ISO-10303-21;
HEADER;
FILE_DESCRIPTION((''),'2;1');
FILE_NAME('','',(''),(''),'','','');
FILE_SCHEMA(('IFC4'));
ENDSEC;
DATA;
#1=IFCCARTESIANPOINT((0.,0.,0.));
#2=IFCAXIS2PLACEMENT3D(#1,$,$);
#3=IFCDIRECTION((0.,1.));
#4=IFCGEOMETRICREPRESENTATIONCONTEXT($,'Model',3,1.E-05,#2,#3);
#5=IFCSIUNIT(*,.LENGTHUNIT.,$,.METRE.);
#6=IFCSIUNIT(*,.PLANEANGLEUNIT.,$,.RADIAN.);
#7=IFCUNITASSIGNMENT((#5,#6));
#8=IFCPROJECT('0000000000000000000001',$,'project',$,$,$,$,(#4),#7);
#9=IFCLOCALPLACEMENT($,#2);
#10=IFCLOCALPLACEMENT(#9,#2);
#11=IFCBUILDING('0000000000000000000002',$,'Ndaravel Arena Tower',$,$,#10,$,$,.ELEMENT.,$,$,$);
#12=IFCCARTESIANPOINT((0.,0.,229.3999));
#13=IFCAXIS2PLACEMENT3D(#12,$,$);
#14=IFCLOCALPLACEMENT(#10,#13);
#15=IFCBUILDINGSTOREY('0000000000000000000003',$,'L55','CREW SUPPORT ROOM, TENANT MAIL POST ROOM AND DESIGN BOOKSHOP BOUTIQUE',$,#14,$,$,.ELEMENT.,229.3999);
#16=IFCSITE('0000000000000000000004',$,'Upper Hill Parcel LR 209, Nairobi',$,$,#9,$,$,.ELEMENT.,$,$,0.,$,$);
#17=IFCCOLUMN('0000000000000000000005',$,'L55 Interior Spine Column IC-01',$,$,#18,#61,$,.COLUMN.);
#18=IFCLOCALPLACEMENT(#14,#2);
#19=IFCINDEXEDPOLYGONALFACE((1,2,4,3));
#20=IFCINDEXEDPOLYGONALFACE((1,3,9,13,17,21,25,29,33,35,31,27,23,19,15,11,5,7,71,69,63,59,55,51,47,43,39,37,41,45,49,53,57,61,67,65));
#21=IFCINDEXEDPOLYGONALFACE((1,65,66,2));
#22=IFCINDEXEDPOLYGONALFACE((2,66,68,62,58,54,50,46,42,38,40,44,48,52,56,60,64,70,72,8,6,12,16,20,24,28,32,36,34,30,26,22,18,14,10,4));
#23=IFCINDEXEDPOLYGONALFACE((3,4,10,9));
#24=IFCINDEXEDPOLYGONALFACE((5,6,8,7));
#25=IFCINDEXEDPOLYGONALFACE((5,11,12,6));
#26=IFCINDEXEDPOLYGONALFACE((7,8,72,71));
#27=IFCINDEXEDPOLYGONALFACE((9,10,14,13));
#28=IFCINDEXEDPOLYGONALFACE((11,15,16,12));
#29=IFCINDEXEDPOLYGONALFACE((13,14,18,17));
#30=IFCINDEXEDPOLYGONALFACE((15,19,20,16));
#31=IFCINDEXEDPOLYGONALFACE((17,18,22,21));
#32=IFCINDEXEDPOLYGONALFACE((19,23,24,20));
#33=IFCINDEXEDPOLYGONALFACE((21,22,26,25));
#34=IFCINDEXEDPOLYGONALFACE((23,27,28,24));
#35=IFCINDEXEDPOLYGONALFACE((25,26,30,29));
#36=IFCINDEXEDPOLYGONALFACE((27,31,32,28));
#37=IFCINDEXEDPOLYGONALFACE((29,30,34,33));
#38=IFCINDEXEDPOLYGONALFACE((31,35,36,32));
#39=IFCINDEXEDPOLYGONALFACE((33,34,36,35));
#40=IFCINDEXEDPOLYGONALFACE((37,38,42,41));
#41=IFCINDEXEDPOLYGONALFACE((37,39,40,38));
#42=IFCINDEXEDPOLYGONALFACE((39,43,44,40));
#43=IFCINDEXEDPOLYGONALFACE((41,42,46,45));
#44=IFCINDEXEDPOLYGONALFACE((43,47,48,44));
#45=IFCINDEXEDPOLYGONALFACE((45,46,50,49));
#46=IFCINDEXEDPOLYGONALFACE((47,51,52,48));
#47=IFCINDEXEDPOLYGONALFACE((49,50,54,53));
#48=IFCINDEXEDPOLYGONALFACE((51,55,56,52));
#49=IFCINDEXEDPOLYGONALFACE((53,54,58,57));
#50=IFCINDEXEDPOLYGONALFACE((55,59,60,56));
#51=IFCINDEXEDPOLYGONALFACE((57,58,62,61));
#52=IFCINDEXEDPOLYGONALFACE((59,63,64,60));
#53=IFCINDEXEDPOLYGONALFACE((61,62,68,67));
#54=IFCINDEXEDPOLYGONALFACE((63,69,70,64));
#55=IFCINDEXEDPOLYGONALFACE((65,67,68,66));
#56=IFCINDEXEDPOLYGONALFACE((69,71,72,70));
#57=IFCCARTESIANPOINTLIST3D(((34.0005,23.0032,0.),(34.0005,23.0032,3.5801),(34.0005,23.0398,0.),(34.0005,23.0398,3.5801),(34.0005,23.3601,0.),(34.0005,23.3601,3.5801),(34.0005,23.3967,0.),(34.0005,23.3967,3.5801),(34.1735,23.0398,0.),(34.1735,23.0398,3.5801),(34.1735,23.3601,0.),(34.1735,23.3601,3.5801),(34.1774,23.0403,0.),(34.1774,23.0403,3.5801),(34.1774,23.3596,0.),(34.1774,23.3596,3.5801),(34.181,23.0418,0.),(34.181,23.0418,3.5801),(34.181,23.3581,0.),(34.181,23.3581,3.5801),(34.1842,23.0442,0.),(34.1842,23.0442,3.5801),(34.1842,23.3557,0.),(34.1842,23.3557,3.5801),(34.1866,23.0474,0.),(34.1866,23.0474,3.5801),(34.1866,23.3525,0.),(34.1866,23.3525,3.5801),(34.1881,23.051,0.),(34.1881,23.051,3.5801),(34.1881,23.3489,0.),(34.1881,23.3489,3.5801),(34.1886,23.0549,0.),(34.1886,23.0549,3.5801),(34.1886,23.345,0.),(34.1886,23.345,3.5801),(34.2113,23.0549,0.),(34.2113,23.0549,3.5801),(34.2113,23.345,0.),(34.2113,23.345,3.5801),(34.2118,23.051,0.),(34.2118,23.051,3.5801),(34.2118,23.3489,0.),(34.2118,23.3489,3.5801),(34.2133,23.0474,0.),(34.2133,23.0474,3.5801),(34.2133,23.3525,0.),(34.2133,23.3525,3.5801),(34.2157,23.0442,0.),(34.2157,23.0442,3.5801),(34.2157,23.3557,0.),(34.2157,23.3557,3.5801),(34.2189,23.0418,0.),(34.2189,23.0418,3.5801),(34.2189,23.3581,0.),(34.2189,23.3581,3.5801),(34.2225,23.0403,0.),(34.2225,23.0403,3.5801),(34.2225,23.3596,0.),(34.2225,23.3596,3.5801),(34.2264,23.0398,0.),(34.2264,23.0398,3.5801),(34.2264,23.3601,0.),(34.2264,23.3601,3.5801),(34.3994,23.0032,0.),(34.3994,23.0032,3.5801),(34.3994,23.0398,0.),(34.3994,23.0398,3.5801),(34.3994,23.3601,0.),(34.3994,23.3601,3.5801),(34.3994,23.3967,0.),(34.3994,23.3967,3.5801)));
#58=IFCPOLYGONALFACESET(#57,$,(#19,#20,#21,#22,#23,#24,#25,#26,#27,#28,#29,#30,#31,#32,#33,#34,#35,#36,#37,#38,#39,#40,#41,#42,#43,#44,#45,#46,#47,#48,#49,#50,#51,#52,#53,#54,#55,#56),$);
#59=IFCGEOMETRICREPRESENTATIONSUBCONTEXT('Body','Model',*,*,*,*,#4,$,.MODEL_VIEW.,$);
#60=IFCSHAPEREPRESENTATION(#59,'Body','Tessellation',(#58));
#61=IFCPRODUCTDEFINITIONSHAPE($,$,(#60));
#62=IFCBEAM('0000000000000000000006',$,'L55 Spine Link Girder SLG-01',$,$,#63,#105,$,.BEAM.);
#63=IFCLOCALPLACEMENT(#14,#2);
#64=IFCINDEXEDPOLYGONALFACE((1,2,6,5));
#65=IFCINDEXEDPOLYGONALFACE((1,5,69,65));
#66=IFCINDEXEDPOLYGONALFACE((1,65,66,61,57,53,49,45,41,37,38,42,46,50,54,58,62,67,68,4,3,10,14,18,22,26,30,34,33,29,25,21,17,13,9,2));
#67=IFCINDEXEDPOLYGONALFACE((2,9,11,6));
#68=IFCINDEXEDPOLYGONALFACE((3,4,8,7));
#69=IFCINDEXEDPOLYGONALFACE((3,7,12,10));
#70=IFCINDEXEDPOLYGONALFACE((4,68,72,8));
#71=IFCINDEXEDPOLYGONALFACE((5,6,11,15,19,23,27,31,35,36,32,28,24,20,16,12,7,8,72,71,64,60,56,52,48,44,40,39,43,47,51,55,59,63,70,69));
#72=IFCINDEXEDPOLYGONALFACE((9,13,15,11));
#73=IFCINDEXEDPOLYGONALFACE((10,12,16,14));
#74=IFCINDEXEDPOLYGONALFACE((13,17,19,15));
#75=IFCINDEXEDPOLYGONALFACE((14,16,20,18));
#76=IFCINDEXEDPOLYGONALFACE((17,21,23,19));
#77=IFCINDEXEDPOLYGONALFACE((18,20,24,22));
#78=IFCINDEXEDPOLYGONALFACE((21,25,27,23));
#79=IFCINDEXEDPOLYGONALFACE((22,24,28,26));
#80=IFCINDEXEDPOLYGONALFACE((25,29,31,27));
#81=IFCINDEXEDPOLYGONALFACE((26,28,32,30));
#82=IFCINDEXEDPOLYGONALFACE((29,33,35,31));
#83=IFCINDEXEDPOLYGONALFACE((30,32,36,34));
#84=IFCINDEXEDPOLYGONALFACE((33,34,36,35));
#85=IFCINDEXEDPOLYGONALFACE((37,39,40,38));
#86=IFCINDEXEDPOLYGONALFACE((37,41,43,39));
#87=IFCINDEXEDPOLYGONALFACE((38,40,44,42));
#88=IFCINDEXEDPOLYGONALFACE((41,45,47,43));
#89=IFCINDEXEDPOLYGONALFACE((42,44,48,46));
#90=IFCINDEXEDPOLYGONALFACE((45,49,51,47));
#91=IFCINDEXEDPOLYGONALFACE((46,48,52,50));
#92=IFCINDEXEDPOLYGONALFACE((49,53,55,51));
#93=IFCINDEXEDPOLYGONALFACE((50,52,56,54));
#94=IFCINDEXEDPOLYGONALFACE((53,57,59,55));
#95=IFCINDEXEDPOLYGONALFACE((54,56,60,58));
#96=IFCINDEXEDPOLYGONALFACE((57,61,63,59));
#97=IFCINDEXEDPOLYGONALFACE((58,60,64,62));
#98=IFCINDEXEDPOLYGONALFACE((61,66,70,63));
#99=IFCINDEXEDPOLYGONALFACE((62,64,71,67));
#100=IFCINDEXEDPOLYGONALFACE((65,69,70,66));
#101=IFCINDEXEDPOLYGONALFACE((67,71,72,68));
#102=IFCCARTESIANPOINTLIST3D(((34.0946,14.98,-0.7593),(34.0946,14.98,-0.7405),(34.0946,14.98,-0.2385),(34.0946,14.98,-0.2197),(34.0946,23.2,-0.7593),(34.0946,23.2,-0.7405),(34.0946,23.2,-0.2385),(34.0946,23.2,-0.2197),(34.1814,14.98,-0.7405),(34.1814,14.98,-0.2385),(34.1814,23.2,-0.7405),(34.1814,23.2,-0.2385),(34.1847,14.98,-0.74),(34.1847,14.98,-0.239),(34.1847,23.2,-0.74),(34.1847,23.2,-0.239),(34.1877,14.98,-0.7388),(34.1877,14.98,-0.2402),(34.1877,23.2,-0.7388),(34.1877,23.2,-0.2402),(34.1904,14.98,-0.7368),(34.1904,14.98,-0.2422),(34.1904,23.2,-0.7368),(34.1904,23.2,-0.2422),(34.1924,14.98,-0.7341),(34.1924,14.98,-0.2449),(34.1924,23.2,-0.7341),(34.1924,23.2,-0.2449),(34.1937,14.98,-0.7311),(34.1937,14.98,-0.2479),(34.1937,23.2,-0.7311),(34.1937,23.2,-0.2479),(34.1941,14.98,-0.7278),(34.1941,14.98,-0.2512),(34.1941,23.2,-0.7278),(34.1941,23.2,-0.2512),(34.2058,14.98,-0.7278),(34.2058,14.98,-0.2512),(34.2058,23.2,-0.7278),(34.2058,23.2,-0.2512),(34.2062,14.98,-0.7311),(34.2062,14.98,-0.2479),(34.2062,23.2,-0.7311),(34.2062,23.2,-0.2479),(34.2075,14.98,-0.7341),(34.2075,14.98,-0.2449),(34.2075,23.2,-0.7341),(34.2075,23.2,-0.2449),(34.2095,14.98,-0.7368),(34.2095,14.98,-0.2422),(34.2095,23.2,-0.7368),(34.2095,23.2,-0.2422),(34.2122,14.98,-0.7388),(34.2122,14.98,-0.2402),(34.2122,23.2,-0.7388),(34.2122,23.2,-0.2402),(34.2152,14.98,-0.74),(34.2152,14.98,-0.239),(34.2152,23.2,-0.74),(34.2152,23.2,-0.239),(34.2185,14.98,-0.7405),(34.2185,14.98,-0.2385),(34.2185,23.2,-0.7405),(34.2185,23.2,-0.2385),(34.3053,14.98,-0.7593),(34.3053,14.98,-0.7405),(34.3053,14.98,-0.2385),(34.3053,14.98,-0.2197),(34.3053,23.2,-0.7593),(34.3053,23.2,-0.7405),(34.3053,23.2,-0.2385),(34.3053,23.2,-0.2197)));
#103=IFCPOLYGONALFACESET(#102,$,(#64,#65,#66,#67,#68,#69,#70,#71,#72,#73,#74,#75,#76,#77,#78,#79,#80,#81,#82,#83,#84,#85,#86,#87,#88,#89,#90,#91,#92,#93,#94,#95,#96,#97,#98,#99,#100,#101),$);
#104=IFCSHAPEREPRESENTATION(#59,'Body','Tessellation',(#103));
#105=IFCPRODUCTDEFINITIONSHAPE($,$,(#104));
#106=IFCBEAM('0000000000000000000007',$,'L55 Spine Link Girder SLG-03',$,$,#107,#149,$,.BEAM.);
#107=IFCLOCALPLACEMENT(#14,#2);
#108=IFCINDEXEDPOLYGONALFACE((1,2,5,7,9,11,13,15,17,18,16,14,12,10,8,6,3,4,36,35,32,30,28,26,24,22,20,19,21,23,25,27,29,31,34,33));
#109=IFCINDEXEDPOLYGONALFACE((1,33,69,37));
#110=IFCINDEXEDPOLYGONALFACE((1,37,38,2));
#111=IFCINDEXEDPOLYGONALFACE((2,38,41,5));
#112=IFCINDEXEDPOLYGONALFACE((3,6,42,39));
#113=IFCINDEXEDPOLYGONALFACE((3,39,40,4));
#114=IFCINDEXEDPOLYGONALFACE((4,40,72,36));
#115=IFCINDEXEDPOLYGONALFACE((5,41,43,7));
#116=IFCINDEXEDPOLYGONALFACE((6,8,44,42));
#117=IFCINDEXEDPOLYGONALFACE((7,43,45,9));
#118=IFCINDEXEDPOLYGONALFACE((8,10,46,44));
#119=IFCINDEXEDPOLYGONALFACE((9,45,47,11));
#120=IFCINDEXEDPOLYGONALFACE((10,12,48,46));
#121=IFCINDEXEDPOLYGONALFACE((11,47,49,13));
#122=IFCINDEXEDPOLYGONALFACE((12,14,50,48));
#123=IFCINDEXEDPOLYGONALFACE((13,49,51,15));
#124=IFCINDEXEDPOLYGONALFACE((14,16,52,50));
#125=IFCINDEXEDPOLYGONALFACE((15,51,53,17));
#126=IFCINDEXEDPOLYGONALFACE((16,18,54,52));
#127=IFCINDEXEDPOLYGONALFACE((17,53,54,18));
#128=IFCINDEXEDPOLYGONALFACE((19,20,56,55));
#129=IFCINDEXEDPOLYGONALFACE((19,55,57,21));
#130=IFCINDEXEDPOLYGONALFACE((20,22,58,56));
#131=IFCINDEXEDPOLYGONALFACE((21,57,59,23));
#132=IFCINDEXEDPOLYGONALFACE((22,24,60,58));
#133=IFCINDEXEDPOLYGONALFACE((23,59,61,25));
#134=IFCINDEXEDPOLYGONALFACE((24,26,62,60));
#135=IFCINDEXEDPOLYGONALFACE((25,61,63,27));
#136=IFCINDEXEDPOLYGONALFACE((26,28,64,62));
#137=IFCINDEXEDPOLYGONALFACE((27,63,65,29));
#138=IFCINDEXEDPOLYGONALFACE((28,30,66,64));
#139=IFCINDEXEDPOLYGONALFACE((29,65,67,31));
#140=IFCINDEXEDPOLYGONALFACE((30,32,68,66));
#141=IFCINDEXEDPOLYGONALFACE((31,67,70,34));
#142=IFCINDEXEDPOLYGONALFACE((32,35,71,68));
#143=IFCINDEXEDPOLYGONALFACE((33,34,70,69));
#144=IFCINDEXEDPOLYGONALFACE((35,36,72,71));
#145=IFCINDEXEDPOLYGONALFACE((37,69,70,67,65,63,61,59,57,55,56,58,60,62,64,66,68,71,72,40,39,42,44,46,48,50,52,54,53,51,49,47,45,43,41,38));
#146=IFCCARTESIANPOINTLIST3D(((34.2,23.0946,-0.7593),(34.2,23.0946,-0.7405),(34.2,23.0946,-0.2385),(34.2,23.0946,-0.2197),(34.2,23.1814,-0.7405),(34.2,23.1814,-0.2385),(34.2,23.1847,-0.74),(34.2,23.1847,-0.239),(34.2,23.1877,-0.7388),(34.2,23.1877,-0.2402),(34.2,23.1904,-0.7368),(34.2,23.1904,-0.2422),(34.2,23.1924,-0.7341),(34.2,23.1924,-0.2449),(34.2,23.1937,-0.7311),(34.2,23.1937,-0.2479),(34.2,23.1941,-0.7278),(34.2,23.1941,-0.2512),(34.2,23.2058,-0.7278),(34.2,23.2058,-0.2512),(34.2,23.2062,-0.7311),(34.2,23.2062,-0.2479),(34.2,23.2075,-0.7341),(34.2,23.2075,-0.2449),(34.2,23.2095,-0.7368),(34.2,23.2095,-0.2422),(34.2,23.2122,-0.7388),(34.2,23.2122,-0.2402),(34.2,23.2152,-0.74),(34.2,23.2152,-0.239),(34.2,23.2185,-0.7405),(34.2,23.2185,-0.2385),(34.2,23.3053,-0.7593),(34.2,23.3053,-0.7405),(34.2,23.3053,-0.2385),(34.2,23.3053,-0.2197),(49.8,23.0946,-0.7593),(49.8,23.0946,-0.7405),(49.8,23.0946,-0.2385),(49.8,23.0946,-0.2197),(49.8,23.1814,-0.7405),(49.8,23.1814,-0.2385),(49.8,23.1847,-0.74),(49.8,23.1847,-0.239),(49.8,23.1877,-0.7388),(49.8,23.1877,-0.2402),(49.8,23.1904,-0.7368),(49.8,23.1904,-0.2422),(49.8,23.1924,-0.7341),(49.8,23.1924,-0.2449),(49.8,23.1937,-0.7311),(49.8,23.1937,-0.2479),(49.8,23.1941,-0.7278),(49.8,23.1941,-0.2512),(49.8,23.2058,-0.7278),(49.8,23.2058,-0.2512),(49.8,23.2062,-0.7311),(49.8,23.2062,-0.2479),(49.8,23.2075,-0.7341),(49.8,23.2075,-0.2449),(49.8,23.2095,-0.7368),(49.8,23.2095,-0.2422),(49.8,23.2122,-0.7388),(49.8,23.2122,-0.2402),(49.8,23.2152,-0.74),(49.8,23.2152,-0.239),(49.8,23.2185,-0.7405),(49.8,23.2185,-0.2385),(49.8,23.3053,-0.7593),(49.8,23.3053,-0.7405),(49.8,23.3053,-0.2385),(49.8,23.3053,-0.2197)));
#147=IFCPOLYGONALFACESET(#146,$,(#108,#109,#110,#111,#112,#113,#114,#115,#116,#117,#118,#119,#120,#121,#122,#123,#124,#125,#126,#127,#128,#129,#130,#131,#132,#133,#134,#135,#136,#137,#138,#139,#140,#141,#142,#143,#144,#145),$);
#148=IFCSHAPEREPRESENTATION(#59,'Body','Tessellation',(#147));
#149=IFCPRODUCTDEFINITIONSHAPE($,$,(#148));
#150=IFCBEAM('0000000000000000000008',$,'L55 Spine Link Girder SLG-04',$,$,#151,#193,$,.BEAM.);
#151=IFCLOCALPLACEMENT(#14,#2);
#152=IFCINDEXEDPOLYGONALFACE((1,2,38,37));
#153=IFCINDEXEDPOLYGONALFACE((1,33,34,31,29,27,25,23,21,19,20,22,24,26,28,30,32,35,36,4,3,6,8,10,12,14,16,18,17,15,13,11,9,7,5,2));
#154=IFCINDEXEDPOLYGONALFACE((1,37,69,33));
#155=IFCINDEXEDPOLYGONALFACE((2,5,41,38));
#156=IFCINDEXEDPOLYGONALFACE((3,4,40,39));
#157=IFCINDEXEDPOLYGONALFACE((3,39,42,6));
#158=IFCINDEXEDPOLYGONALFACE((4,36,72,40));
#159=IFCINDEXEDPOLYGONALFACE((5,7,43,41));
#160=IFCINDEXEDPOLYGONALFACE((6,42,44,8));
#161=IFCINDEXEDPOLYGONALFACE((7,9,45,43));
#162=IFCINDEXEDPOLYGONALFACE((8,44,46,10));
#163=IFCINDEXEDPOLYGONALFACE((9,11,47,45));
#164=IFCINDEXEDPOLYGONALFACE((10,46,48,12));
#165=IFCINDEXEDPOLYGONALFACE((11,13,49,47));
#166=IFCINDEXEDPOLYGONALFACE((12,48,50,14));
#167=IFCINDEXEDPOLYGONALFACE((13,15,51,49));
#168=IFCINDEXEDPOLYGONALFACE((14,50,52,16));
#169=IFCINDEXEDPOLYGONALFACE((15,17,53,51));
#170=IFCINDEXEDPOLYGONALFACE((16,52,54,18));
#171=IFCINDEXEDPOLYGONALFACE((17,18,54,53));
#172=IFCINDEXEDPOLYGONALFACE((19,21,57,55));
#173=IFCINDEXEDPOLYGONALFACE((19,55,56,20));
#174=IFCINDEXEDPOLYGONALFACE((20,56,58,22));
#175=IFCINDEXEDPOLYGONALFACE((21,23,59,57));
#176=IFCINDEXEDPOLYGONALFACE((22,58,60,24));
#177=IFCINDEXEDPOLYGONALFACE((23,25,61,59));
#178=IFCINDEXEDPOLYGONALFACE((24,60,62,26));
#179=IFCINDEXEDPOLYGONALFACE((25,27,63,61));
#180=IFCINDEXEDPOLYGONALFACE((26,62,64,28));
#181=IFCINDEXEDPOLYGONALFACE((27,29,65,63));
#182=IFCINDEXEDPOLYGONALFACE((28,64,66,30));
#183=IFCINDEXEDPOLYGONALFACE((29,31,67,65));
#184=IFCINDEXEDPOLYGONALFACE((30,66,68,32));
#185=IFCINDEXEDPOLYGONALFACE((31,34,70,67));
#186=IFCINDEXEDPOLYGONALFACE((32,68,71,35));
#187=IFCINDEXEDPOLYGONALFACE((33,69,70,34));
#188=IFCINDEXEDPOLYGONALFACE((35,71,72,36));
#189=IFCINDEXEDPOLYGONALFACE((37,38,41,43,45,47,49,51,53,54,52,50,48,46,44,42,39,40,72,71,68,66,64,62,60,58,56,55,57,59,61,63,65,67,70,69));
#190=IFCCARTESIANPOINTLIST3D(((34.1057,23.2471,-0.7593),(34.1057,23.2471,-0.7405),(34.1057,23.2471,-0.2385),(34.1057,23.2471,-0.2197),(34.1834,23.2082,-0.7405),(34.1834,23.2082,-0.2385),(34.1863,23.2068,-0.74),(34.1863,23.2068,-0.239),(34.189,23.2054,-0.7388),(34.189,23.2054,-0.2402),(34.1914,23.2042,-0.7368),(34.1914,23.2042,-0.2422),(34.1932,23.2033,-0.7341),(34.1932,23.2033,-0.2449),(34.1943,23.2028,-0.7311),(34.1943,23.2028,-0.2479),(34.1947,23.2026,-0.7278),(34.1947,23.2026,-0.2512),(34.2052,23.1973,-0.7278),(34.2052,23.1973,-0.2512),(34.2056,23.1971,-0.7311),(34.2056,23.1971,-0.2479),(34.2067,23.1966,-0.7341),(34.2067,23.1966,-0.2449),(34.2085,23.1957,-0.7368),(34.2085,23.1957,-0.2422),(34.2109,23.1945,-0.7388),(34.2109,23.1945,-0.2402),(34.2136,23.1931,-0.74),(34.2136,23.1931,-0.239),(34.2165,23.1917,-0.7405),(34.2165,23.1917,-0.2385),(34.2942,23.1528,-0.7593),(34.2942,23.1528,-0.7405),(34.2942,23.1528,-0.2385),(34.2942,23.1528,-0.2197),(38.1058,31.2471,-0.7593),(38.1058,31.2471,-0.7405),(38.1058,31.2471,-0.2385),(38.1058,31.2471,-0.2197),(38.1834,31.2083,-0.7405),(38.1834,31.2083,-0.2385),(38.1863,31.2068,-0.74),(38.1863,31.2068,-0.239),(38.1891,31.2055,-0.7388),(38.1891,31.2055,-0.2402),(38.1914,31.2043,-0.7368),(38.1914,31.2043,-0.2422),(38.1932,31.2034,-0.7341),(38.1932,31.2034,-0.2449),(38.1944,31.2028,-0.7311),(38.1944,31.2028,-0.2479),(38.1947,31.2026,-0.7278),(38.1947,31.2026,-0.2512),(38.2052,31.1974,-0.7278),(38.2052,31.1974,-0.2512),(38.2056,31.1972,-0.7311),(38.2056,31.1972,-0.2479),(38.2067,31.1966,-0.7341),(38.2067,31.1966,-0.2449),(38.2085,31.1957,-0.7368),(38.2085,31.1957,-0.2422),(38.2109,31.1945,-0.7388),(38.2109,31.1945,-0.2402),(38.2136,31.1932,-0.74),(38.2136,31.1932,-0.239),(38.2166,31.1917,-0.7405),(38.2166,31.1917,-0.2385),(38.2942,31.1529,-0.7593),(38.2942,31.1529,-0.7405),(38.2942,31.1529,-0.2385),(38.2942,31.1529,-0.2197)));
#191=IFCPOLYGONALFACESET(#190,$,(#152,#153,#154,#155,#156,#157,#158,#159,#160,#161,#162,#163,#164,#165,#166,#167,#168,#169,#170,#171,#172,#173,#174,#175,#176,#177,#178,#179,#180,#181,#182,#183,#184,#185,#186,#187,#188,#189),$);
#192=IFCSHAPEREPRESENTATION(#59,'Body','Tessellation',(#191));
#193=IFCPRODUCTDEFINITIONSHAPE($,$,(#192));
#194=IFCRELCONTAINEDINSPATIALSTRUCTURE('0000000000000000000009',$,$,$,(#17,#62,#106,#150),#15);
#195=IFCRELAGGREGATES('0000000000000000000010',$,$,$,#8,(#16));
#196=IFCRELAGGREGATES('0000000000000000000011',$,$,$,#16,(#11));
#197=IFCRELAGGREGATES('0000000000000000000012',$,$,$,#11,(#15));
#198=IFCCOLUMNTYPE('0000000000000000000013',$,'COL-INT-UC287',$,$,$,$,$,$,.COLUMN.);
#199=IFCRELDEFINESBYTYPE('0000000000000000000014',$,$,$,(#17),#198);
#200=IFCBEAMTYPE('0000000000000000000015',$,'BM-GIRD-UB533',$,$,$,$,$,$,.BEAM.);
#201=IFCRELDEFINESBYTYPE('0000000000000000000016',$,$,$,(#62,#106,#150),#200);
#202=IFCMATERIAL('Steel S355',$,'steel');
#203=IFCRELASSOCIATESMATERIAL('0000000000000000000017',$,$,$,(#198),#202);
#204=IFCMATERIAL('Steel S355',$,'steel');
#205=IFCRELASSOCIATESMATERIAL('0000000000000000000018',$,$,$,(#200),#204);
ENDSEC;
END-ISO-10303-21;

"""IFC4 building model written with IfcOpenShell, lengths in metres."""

from ifc_helpers import new_model, si_unit, direction, frame, origin, origin_2d, place, context, subcontext, project, spatial, i_section, extrude, material, material_profile, profile_set, type_object, element, save


model = new_model("IFC4")

# Units and contexts
model_context = context("Model", 3, precision=1e-05, world=origin(), true_north=direction((0.0, 1.0)))
body_context = subcontext(model_context, "Body", "Model", "MODEL_VIEW")
ifc_project = project(units=[si_unit("LENGTHUNIT", "METRE"), si_unit("PLANEANGLEUNIT", "RADIAN")], contexts=[model_context])

# Site, building, storey
site_placement = place(None, origin())
site = spatial("IfcSite", under=ifc_project, at=site_placement, Name="Upper Hill Parcel LR 209, Nairobi", CompositionType="ELEMENT", RefElevation=0.0)
building_placement = place(site_placement, origin())
building = spatial("IfcBuilding", under=site, at=building_placement, Name="Ndaravel Arena Tower", CompositionType="ELEMENT")
storey_placement = place(building_placement, frame((0.0, 0.0, 229.3999)))
storey = spatial("IfcBuildingStorey", under=building, at=storey_placement, Name="L55", Description="CREW SUPPORT ROOM, TENANT MAIL POST ROOM AND DESIGN BOOKSHOP BOUTIQUE", CompositionType="ELEMENT", Elevation=229.3999)

# Column
ifc_material_1 = material(Name="Steel S355", Category="steel")
ifc_material_profile_1 = material_profile(ifc_material_1, i_section(OverallWidth=0.3989, OverallDepth=0.3936, WebThickness=0.0227, FlangeThickness=0.0366, FilletRadius=0.0151, at=origin_2d()), Name="UC 356x406x287")
ifc_profile_set_1 = profile_set([ifc_material_profile_1], Name="Steel S355")
column_type = type_object("IfcColumnType", Name="COL-INT-UC287", PredefinedType="COLUMN", material=ifc_profile_set_1)
column_placement = place(storey_placement, frame((34.2, 23.2, 0.0), z_axis=(0.0, 0.0, 1.0), x_axis=(1.0, 0.0, 0.0)))
element("IfcColumn", 1, at=column_placement, inside=storey, type_object=column_type, Name="L55 Interior Spine Column IC-01", PredefinedType="COLUMN", context=body_context, shape_type="SweptSolid", body=[
    extrude(i_section(OverallWidth=0.3989, OverallDepth=0.3936, WebThickness=0.0227, FlangeThickness=0.0366, FilletRadius=0.0151, at=origin_2d()), origin(), (0.0, 0.0, 1.0), 3.5801),
])

# Beams
ifc_material_2 = material(Name="Steel S355", Category="steel")
ifc_material_profile_2 = material_profile(ifc_material_2, i_section(OverallWidth=0.2107, OverallDepth=0.5396, WebThickness=0.0117, FlangeThickness=0.0188, FilletRadius=0.0127, at=origin_2d()), Name="UB 533x210x109")
ifc_profile_set_2 = profile_set([ifc_material_profile_2], Name="Steel S355")
beam_type = type_object("IfcBeamType", Name="BM-GIRD-UB533", PredefinedType="BEAM", material=ifc_profile_set_2)
beam_1_placement = place(storey_placement, frame((34.2, 14.98, -0.4895), z_axis=(0.0, 1.0, 0.0), x_axis=(-1.0, 0.0, 0.0)))
element("IfcBeam", 2, at=beam_1_placement, inside=storey, type_object=beam_type, Name="L55 Spine Link Girder SLG-01", PredefinedType="BEAM", context=body_context, shape_type="SweptSolid", body=[
    extrude(i_section(OverallWidth=0.2107, OverallDepth=0.5396, WebThickness=0.0117, FlangeThickness=0.0188, FilletRadius=0.0127, at=origin_2d()), origin(), (0.0, 0.0, 1.0), 8.22),
])
beam_2_placement = place(storey_placement, frame((34.2, 23.2, -0.4895), z_axis=(1.0, 0.0, 0.0), x_axis=(0.0, 1.0, 0.0)))
element("IfcBeam", 3, at=beam_2_placement, inside=storey, type_object=beam_type, Name="L55 Spine Link Girder SLG-03", PredefinedType="BEAM", context=body_context, shape_type="SweptSolid", body=[
    extrude(i_section(OverallWidth=0.2107, OverallDepth=0.5396, WebThickness=0.0117, FlangeThickness=0.0188, FilletRadius=0.0127, at=origin_2d()), origin(), (0.0, 0.0, 1.0), 15.6001),
])
beam_3_placement = place(storey_placement, frame((34.2, 23.2, -0.4895), z_axis=(0.447214, 0.894427, 0.0), x_axis=(-0.894427, 0.447214, 0.0)))
element("IfcBeam", 4, at=beam_3_placement, inside=storey, type_object=beam_type, Name="L55 Spine Link Girder SLG-04", PredefinedType="BEAM", context=body_context, shape_type="SweptSolid", body=[
    extrude(i_section(OverallWidth=0.2107, OverallDepth=0.5396, WebThickness=0.0117, FlangeThickness=0.0188, FilletRadius=0.0127, at=origin_2d()), origin(), (0.0, 0.0, 1.0), 8.9443),
])

save(model, "model.ifc")
